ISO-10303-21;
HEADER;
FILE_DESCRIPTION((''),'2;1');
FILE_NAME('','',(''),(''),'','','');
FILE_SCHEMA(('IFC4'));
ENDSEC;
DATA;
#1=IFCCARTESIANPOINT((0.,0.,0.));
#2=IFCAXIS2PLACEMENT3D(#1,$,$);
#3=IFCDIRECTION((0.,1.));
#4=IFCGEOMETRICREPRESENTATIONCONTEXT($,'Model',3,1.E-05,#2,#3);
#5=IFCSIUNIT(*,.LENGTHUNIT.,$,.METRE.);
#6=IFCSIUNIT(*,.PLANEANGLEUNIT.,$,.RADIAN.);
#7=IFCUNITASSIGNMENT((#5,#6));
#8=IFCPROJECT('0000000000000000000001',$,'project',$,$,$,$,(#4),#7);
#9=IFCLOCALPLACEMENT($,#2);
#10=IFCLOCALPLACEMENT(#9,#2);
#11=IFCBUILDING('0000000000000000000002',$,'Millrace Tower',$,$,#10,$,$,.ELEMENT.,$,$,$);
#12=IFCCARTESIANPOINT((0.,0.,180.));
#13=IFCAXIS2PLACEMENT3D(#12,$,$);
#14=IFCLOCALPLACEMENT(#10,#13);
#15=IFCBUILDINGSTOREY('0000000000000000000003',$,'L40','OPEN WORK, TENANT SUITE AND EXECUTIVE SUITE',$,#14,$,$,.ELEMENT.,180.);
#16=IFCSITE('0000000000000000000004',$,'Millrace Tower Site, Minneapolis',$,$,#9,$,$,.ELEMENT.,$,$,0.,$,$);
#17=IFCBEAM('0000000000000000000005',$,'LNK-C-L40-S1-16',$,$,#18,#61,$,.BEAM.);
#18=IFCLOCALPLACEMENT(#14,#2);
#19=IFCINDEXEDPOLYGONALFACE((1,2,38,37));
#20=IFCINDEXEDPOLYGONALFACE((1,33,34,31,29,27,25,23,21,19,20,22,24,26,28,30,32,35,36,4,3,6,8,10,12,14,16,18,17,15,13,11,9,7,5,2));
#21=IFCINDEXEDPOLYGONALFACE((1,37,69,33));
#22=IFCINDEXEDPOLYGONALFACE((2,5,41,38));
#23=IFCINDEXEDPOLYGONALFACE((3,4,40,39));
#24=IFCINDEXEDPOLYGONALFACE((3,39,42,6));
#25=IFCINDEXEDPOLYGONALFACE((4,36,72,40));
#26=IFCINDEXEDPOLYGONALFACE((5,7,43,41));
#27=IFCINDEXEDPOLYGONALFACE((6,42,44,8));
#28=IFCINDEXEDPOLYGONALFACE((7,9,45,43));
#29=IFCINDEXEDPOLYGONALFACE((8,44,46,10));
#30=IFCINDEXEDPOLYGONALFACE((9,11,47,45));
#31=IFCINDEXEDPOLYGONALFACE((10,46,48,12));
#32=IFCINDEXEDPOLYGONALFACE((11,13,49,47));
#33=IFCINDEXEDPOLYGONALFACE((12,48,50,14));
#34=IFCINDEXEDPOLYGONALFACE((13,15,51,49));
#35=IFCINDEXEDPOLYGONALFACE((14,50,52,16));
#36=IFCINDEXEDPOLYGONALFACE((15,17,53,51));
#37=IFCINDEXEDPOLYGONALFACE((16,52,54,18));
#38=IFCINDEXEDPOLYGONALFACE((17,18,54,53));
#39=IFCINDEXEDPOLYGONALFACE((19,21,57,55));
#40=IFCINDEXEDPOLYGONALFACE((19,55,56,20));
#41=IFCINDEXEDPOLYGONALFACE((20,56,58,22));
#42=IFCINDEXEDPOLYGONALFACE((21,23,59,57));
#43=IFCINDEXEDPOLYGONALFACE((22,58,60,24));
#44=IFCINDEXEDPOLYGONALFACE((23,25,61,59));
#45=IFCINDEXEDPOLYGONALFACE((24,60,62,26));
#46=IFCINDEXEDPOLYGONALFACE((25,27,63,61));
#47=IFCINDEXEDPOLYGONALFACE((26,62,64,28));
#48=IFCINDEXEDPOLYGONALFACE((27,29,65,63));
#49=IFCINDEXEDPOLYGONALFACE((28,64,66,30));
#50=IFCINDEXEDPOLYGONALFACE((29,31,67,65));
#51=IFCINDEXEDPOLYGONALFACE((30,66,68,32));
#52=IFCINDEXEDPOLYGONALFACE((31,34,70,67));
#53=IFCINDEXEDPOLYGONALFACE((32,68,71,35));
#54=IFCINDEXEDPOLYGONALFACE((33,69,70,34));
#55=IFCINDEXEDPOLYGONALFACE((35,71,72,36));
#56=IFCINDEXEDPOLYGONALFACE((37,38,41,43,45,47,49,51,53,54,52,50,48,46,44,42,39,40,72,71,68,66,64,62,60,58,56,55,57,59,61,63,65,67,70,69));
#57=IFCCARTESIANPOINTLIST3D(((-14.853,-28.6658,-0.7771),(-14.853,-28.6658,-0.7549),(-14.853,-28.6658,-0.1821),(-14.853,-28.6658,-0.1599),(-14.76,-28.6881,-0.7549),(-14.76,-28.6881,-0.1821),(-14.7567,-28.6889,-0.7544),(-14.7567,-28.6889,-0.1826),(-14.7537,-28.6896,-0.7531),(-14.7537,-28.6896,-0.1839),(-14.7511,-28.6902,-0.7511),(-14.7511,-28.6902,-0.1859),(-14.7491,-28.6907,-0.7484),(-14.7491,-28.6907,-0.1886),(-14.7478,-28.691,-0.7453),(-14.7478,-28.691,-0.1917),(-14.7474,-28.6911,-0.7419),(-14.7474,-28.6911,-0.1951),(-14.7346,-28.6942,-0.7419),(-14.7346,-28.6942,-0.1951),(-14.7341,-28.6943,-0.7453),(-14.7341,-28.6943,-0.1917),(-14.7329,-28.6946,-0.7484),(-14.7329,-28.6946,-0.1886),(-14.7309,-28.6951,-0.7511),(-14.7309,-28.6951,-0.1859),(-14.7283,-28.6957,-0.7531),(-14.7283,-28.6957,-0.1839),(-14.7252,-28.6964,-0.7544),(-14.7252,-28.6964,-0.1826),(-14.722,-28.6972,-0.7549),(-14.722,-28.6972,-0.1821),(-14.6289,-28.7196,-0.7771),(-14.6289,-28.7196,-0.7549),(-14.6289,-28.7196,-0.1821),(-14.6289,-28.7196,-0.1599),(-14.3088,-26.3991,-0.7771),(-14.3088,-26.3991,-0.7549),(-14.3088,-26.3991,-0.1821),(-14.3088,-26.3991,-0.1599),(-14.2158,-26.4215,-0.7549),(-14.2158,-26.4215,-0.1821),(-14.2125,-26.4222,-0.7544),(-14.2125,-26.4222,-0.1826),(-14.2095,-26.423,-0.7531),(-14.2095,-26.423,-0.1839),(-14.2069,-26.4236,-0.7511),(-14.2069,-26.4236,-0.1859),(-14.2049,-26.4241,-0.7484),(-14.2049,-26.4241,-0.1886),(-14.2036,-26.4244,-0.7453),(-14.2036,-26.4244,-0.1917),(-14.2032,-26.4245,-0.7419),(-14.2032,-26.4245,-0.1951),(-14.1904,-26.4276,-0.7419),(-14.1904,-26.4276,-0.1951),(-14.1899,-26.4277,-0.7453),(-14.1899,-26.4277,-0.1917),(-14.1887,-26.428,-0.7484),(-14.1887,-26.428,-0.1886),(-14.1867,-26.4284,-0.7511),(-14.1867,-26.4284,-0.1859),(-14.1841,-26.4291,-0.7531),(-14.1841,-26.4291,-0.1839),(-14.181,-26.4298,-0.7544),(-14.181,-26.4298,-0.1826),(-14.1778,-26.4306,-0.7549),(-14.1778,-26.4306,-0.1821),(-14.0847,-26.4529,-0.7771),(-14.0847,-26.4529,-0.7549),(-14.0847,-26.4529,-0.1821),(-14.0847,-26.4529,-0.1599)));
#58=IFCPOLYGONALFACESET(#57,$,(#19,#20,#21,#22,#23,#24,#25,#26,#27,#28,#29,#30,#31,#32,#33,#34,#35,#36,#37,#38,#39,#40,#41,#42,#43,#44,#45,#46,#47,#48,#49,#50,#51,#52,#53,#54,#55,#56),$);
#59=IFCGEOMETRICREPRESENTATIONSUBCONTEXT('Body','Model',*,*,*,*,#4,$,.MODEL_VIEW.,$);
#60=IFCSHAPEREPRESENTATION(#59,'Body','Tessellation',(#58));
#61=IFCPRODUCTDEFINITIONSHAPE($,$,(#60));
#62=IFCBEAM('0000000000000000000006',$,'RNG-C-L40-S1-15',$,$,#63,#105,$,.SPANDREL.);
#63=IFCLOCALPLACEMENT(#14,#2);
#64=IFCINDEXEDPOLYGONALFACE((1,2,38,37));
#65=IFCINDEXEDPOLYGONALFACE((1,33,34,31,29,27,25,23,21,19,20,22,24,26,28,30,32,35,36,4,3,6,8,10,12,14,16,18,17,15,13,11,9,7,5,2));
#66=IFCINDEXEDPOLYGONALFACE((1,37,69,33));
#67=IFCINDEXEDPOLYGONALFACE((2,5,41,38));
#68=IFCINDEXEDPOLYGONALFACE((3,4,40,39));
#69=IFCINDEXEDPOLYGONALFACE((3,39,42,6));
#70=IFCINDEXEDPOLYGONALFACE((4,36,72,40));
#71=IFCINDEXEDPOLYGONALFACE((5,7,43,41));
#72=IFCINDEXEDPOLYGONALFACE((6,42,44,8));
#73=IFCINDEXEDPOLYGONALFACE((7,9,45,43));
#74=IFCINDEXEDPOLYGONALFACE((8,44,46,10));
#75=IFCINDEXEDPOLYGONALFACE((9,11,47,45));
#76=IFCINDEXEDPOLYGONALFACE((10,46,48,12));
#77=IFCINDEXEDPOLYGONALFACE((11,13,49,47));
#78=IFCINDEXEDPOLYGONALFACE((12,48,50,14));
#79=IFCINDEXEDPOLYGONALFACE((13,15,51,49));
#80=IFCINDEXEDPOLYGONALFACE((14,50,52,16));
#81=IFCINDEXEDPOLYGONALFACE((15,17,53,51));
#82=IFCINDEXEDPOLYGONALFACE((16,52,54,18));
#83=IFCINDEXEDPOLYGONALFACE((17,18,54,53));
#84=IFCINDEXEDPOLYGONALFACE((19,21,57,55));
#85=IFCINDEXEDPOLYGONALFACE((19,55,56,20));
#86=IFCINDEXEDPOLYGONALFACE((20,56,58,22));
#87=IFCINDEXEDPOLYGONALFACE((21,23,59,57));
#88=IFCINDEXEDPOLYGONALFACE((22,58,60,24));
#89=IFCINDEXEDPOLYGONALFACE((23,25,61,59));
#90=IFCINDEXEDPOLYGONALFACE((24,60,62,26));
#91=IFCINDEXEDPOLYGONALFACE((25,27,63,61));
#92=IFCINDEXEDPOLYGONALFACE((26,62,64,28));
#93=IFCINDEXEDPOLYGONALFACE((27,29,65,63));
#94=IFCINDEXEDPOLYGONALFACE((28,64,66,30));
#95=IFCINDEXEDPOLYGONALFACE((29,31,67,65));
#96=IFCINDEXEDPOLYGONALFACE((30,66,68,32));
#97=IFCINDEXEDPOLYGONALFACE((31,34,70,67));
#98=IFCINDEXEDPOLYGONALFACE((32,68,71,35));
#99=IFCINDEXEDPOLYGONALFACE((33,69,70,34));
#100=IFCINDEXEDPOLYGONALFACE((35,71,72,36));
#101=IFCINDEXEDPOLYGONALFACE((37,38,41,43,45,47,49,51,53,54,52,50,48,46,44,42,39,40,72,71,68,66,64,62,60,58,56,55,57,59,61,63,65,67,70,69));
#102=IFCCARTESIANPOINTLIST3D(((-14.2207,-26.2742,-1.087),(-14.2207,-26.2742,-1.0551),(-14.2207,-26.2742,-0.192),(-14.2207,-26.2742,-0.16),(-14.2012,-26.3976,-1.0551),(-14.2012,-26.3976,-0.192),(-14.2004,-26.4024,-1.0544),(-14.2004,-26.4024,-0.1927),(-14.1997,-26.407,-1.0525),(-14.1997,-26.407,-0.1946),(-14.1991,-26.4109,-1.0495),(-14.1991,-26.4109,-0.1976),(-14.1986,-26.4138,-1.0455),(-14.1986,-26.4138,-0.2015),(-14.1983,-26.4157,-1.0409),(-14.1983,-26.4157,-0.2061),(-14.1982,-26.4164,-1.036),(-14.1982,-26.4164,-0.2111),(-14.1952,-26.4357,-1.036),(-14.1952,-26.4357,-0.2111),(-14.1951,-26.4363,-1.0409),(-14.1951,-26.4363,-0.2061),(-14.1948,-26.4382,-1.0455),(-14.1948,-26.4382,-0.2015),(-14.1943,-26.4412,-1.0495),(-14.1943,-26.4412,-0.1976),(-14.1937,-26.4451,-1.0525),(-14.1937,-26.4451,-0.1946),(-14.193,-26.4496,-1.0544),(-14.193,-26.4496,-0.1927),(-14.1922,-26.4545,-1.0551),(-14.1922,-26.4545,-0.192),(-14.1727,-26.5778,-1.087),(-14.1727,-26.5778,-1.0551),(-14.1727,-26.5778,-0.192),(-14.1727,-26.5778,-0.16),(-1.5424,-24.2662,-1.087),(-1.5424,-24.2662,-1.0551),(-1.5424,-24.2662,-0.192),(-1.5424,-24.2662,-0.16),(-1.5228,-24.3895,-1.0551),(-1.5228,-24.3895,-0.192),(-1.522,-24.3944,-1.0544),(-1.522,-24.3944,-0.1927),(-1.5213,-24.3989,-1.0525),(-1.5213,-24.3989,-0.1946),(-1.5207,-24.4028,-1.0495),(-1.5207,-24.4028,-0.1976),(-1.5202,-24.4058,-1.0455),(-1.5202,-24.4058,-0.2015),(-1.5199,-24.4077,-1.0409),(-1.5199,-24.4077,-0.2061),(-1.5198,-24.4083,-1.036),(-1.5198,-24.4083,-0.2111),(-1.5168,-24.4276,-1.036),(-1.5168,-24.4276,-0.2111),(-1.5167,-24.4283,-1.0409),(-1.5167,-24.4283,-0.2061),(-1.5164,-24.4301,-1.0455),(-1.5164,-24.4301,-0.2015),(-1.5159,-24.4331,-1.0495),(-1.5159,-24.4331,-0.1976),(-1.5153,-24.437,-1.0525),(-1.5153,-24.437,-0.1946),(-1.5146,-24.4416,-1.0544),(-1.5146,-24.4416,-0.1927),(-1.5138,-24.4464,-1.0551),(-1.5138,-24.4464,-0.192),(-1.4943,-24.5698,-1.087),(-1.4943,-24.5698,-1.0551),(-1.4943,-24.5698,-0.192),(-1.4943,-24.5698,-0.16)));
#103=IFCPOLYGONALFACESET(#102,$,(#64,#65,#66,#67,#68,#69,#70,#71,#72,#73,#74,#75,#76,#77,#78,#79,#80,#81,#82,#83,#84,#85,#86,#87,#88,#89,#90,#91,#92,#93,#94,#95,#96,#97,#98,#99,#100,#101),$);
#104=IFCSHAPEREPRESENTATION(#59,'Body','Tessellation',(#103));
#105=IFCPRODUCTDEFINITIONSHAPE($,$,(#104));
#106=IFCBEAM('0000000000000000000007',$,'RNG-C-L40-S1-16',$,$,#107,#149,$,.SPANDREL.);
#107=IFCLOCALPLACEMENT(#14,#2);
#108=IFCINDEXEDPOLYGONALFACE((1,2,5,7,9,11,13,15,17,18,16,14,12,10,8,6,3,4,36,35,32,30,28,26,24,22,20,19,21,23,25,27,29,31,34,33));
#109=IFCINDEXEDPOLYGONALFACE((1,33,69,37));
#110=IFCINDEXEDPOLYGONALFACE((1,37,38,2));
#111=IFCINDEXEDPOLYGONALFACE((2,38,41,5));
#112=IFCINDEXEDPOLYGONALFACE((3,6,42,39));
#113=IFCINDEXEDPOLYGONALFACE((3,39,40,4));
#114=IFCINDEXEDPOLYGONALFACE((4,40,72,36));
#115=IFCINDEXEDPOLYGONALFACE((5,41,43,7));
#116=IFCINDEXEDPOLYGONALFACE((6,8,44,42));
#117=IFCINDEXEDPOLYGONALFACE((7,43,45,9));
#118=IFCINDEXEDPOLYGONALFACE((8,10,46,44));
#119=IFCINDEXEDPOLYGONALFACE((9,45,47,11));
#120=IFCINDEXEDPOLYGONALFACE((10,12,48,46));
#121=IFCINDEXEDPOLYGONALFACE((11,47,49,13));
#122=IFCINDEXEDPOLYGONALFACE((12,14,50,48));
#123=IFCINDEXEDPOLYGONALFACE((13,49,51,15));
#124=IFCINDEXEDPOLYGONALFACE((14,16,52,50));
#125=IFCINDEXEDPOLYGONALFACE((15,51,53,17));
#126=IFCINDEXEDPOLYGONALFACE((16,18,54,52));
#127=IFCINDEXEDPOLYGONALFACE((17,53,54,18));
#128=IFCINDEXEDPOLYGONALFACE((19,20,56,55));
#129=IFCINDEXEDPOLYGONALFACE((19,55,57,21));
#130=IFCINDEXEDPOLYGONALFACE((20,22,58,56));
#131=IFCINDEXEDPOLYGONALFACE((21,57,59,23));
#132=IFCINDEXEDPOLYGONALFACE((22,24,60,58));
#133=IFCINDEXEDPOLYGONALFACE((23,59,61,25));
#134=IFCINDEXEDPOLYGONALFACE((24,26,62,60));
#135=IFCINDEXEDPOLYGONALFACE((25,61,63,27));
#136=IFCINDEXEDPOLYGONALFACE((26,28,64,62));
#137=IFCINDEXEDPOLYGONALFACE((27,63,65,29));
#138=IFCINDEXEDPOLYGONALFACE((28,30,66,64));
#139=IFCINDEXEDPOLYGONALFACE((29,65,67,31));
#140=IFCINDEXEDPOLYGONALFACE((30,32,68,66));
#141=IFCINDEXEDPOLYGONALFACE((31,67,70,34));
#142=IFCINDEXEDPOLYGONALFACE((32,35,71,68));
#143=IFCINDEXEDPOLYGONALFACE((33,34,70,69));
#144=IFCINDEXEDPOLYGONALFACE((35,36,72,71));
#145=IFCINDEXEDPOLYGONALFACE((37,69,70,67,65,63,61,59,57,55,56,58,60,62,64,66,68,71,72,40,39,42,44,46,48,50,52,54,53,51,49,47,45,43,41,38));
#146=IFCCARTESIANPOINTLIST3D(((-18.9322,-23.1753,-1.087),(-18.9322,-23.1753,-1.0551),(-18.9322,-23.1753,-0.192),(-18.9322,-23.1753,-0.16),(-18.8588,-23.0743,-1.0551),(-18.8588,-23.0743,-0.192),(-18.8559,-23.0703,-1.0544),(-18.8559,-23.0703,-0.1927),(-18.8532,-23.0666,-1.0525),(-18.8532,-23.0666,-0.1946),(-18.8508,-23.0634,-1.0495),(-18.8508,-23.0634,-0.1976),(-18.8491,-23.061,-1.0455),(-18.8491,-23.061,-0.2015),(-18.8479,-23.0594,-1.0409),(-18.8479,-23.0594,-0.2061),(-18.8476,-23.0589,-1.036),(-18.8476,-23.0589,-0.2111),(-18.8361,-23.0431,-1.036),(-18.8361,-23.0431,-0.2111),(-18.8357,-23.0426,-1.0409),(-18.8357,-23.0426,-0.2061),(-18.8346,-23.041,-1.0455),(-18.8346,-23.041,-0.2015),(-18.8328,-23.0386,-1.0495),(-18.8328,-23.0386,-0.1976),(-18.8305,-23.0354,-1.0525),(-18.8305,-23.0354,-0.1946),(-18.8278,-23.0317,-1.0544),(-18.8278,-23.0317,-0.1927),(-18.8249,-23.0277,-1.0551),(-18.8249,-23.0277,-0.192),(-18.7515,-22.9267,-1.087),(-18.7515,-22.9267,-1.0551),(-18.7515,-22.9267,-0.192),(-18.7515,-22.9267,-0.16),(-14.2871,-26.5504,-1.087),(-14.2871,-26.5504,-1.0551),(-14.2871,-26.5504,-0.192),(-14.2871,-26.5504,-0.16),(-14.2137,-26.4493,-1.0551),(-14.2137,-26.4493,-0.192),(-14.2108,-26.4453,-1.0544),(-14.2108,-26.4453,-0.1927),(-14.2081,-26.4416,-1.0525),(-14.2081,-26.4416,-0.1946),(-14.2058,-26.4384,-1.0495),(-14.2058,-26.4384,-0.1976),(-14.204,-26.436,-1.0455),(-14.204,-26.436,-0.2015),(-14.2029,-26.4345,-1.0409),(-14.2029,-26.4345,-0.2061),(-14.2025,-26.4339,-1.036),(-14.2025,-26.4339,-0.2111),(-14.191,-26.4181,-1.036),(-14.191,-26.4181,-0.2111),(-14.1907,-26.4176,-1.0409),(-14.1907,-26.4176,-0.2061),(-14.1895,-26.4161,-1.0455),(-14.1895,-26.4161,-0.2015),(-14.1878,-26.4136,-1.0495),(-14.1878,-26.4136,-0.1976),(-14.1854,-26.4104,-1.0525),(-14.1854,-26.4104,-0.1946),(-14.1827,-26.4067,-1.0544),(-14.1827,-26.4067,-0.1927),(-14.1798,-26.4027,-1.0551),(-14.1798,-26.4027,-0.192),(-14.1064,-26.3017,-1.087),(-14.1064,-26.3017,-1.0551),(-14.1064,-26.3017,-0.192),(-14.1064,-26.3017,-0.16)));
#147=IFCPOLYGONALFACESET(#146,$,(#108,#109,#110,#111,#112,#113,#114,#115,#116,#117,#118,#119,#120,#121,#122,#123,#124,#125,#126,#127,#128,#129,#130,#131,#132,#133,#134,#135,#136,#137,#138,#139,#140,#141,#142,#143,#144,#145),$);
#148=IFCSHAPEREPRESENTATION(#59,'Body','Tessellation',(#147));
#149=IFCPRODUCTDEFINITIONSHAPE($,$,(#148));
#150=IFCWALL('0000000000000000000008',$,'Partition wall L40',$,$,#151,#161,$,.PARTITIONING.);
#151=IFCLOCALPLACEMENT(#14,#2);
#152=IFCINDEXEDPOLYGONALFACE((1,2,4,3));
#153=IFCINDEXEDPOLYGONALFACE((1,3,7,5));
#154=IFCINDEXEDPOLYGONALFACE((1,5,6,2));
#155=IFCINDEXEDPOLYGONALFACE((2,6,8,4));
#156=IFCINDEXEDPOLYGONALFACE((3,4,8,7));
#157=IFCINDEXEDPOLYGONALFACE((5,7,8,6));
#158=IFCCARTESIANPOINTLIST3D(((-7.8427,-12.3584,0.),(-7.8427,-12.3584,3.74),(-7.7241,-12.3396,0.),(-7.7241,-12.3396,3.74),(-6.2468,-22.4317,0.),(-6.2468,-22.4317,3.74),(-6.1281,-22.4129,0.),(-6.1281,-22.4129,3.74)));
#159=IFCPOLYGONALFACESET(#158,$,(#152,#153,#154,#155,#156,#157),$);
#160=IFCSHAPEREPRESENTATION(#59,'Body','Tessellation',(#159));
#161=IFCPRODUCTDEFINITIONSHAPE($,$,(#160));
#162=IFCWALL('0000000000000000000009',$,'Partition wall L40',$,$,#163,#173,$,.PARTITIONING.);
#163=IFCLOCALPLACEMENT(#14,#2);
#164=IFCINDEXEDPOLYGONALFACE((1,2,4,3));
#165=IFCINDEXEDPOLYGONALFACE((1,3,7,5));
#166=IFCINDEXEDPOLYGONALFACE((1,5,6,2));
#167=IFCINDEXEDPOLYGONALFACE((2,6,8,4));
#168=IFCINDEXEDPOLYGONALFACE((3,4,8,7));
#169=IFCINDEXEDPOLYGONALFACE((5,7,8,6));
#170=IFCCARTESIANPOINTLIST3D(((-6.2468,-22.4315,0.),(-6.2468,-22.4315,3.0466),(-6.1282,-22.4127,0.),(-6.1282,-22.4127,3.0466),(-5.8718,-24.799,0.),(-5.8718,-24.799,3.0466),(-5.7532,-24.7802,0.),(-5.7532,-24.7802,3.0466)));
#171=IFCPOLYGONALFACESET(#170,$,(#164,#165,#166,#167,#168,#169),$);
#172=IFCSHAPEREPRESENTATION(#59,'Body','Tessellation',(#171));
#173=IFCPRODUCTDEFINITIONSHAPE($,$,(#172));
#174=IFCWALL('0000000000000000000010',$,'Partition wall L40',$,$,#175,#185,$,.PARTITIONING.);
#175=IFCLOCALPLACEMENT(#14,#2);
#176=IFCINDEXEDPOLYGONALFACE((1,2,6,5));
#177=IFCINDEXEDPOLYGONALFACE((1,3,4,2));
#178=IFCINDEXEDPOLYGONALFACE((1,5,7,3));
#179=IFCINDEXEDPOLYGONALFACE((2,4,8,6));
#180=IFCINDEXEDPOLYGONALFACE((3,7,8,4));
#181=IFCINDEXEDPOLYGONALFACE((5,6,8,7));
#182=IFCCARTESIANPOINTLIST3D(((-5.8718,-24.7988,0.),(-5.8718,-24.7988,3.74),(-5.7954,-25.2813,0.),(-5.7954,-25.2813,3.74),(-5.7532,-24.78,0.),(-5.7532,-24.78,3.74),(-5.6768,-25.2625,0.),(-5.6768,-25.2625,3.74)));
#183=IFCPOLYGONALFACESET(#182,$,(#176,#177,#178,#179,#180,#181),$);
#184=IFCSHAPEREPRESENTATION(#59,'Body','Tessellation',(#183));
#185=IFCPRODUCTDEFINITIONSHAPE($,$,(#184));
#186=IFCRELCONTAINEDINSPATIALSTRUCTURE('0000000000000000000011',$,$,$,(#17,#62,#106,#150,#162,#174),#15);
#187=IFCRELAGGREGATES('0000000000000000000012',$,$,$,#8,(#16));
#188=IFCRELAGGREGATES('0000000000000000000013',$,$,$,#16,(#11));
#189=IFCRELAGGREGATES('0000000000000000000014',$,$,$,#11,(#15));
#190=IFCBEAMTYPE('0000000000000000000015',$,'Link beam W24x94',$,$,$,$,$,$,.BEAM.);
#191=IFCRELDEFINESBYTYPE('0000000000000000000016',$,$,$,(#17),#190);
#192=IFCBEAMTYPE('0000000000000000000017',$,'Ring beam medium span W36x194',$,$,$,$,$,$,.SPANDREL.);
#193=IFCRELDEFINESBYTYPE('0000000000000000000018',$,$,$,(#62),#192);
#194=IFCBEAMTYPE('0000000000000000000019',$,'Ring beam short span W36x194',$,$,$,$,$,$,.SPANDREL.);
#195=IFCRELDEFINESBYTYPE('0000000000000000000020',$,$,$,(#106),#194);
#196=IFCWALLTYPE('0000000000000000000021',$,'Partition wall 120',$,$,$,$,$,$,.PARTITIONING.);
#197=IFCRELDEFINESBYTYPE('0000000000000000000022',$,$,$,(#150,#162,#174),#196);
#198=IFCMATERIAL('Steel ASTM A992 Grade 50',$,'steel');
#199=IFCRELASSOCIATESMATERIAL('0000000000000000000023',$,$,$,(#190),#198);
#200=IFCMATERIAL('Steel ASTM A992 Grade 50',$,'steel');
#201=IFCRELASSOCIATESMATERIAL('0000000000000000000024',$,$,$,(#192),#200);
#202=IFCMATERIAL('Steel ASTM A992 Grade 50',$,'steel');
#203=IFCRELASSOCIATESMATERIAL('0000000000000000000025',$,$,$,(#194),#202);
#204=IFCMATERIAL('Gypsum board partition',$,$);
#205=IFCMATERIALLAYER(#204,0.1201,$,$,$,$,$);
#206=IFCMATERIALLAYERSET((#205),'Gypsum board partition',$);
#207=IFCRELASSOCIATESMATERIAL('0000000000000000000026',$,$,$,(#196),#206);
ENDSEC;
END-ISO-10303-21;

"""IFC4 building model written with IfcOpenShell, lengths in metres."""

from ifc_helpers import new_model, si_unit, direction, frame, frame_2d, origin, origin_2d, place, context, subcontext, project, spatial, rectangle, i_section, extrude, material, layer, layer_set, material_profile, profile_set, type_object, element, save


model = new_model("IFC4")

# Units and contexts
model_context = context("Model", 3, precision=1e-05, world=origin(), true_north=direction((0.0, 1.0)))
body_context = subcontext(model_context, "Body", "Model", "MODEL_VIEW")
ifc_project = project(units=[si_unit("LENGTHUNIT", "METRE"), si_unit("PLANEANGLEUNIT", "RADIAN")], contexts=[model_context])

# Site, building, storey
site_placement = place(None, origin())
site = spatial("IfcSite", under=ifc_project, at=site_placement, Name="Millrace Tower Site, Minneapolis", CompositionType="ELEMENT", RefElevation=0.0)
building_placement = place(site_placement, origin())
building = spatial("IfcBuilding", under=site, at=building_placement, Name="Millrace Tower", CompositionType="ELEMENT")
storey_placement = place(building_placement, frame((0.0, 0.0, 180.0)))
storey = spatial("IfcBuildingStorey", under=building, at=storey_placement, Name="L40", Description="OPEN WORK, TENANT SUITE AND EXECUTIVE SUITE", CompositionType="ELEMENT", Elevation=180.0)

# Beams
ifc_material_1 = material(Name="Steel ASTM A992 Grade 50", Category="steel")
ifc_material_profile_1 = material_profile(ifc_material_1, i_section(OverallWidth=0.2305, OverallDepth=0.6172, WebThickness=0.0132, FlangeThickness=0.0222, FilletRadius=0.0129, at=origin_2d()))
ifc_profile_set_1 = profile_set([ifc_material_profile_1], Name="Steel ASTM A992 Grade 50")
beam_type_1 = type_object("IfcBeamType", Name="Link beam W24x94", PredefinedType="BEAM", material=ifc_profile_set_1)
beam_1_placement = place(storey_placement, frame((-14.1968, -26.426, -0.4685), z_axis=(-0.233456, -0.972367, 0.0), x_axis=(0.972367, -0.233456, 0.0)))
element("IfcBeam", 1, at=beam_1_placement, inside=storey, type_object=beam_type_1, Name="LNK-C-L40-S1-16", PredefinedType="BEAM", context=body_context, shape_type="SweptSolid", body=[
    extrude(i_section(OverallWidth=0.2305, OverallDepth=0.6172, WebThickness=0.0132, FlangeThickness=0.0222, FilletRadius=0.0129, at=origin_2d()), origin(), (0.0, 0.0, 1.0), 2.3311),
])
ifc_material_2 = material(Name="Steel ASTM A992 Grade 50", Category="steel")
ifc_material_profile_2 = material_profile(ifc_material_2, i_section(OverallWidth=0.3074, OverallDepth=0.927, WebThickness=0.0195, FlangeThickness=0.032, FilletRadius=0.019, at=origin_2d()))
ifc_profile_set_2 = profile_set([ifc_material_profile_2], Name="Steel ASTM A992 Grade 50")
beam_type_2 = type_object("IfcBeamType", Name="Ring beam medium span W36x194", PredefinedType="SPANDREL", material=ifc_profile_set_2)
beam_2_placement = place(storey_placement, frame((-1.5183, -24.418, -0.6235), z_axis=(-0.987689, -0.156433, 0.0), x_axis=(0.156433, -0.987689, 0.0)))
element("IfcBeam", 2, at=beam_2_placement, inside=storey, type_object=beam_type_2, Name="RNG-C-L40-S1-15", PredefinedType="SPANDREL", context=body_context, shape_type="SweptSolid", body=[
    extrude(i_section(OverallWidth=0.3074, OverallDepth=0.927, WebThickness=0.0195, FlangeThickness=0.032, FilletRadius=0.019, at=origin_2d()), origin(), (0.0, 0.0, 1.0), 12.8364),
])
ifc_material_3 = material(Name="Steel ASTM A992 Grade 50", Category="steel")
ifc_material_profile_3 = material_profile(ifc_material_3, i_section(OverallWidth=0.3074, OverallDepth=0.927, WebThickness=0.0195, FlangeThickness=0.032, FilletRadius=0.019, at=origin_2d()))
ifc_profile_set_3 = profile_set([ifc_material_profile_3], Name="Steel ASTM A992 Grade 50")
beam_type_3 = type_object("IfcBeamType", Name="Ring beam short span W36x194", PredefinedType="SPANDREL", material=ifc_profile_set_3)
beam_3_placement = place(storey_placement, frame((-14.1968, -26.426, -0.6235), z_axis=(-0.809001, 0.587808, 0.0), x_axis=(-0.587808, -0.809001, 0.0)))
element("IfcBeam", 3, at=beam_3_placement, inside=storey, type_object=beam_type_3, Name="RNG-C-L40-S1-16", PredefinedType="SPANDREL", context=body_context, shape_type="SweptSolid", body=[
    extrude(i_section(OverallWidth=0.3074, OverallDepth=0.927, WebThickness=0.0195, FlangeThickness=0.032, FilletRadius=0.019, at=origin_2d()), origin(), (0.0, 0.0, 1.0), 5.7417),
])

# Walls
ifc_material_4 = material(Name="Gypsum board partition")
ifc_layer_1 = layer(ifc_material_4, 0.1201)
ifc_layer_set_1 = layer_set([ifc_layer_1], Name="Gypsum board partition")
wall_type = type_object("IfcWallType", Name="Partition wall 120", PredefinedType="PARTITIONING", material=ifc_layer_set_1)
wall_1_placement = place(storey_placement, frame((-7.7834, -12.3489, 0.0), z_axis=(0.0, 0.0, 1.0), x_axis=(0.156483, -0.987681, 0.0)))
element("IfcWall", 4, at=wall_1_placement, inside=storey, type_object=wall_type, Name="Partition wall L40", PredefinedType="PARTITIONING", context=body_context, shape_type="SweptSolid", body=[
    extrude(rectangle(XDim=10.199, YDim=0.1201, at=frame_2d((5.0996, 0.0))), origin(), (0.0, 0.0, 1.0), 3.74),
])
wall_2_placement = place(storey_placement, frame((-6.1875, -22.4221, 0.0), z_axis=(0.0, 0.0, 1.0), x_axis=(0.156449, -0.987686, 0.0)))
element("IfcWall", 5, at=wall_2_placement, inside=storey, type_object=wall_type, Name="Partition wall L40", PredefinedType="PARTITIONING", context=body_context, shape_type="SweptSolid", body=[
    extrude(rectangle(XDim=2.397, YDim=0.1201, at=frame_2d((1.1985, 0.0))), origin(), (0.0, 0.0, 1.0), 3.0466),
])
wall_3_placement = place(storey_placement, frame((-5.8125, -24.7896, 0.0), z_axis=(0.0, 0.0, 1.0), x_axis=(0.15645, -0.987686, 0.0)))
element("IfcWall", 6, at=wall_3_placement, inside=storey, type_object=wall_type, Name="Partition wall L40", PredefinedType="PARTITIONING", context=body_context, shape_type="SweptSolid", body=[
    extrude(rectangle(XDim=0.4885, YDim=0.1201, at=frame_2d((0.2441, 0.0))), origin(), (0.0, 0.0, 1.0), 3.74),
])

save(model, "model.ifc")
